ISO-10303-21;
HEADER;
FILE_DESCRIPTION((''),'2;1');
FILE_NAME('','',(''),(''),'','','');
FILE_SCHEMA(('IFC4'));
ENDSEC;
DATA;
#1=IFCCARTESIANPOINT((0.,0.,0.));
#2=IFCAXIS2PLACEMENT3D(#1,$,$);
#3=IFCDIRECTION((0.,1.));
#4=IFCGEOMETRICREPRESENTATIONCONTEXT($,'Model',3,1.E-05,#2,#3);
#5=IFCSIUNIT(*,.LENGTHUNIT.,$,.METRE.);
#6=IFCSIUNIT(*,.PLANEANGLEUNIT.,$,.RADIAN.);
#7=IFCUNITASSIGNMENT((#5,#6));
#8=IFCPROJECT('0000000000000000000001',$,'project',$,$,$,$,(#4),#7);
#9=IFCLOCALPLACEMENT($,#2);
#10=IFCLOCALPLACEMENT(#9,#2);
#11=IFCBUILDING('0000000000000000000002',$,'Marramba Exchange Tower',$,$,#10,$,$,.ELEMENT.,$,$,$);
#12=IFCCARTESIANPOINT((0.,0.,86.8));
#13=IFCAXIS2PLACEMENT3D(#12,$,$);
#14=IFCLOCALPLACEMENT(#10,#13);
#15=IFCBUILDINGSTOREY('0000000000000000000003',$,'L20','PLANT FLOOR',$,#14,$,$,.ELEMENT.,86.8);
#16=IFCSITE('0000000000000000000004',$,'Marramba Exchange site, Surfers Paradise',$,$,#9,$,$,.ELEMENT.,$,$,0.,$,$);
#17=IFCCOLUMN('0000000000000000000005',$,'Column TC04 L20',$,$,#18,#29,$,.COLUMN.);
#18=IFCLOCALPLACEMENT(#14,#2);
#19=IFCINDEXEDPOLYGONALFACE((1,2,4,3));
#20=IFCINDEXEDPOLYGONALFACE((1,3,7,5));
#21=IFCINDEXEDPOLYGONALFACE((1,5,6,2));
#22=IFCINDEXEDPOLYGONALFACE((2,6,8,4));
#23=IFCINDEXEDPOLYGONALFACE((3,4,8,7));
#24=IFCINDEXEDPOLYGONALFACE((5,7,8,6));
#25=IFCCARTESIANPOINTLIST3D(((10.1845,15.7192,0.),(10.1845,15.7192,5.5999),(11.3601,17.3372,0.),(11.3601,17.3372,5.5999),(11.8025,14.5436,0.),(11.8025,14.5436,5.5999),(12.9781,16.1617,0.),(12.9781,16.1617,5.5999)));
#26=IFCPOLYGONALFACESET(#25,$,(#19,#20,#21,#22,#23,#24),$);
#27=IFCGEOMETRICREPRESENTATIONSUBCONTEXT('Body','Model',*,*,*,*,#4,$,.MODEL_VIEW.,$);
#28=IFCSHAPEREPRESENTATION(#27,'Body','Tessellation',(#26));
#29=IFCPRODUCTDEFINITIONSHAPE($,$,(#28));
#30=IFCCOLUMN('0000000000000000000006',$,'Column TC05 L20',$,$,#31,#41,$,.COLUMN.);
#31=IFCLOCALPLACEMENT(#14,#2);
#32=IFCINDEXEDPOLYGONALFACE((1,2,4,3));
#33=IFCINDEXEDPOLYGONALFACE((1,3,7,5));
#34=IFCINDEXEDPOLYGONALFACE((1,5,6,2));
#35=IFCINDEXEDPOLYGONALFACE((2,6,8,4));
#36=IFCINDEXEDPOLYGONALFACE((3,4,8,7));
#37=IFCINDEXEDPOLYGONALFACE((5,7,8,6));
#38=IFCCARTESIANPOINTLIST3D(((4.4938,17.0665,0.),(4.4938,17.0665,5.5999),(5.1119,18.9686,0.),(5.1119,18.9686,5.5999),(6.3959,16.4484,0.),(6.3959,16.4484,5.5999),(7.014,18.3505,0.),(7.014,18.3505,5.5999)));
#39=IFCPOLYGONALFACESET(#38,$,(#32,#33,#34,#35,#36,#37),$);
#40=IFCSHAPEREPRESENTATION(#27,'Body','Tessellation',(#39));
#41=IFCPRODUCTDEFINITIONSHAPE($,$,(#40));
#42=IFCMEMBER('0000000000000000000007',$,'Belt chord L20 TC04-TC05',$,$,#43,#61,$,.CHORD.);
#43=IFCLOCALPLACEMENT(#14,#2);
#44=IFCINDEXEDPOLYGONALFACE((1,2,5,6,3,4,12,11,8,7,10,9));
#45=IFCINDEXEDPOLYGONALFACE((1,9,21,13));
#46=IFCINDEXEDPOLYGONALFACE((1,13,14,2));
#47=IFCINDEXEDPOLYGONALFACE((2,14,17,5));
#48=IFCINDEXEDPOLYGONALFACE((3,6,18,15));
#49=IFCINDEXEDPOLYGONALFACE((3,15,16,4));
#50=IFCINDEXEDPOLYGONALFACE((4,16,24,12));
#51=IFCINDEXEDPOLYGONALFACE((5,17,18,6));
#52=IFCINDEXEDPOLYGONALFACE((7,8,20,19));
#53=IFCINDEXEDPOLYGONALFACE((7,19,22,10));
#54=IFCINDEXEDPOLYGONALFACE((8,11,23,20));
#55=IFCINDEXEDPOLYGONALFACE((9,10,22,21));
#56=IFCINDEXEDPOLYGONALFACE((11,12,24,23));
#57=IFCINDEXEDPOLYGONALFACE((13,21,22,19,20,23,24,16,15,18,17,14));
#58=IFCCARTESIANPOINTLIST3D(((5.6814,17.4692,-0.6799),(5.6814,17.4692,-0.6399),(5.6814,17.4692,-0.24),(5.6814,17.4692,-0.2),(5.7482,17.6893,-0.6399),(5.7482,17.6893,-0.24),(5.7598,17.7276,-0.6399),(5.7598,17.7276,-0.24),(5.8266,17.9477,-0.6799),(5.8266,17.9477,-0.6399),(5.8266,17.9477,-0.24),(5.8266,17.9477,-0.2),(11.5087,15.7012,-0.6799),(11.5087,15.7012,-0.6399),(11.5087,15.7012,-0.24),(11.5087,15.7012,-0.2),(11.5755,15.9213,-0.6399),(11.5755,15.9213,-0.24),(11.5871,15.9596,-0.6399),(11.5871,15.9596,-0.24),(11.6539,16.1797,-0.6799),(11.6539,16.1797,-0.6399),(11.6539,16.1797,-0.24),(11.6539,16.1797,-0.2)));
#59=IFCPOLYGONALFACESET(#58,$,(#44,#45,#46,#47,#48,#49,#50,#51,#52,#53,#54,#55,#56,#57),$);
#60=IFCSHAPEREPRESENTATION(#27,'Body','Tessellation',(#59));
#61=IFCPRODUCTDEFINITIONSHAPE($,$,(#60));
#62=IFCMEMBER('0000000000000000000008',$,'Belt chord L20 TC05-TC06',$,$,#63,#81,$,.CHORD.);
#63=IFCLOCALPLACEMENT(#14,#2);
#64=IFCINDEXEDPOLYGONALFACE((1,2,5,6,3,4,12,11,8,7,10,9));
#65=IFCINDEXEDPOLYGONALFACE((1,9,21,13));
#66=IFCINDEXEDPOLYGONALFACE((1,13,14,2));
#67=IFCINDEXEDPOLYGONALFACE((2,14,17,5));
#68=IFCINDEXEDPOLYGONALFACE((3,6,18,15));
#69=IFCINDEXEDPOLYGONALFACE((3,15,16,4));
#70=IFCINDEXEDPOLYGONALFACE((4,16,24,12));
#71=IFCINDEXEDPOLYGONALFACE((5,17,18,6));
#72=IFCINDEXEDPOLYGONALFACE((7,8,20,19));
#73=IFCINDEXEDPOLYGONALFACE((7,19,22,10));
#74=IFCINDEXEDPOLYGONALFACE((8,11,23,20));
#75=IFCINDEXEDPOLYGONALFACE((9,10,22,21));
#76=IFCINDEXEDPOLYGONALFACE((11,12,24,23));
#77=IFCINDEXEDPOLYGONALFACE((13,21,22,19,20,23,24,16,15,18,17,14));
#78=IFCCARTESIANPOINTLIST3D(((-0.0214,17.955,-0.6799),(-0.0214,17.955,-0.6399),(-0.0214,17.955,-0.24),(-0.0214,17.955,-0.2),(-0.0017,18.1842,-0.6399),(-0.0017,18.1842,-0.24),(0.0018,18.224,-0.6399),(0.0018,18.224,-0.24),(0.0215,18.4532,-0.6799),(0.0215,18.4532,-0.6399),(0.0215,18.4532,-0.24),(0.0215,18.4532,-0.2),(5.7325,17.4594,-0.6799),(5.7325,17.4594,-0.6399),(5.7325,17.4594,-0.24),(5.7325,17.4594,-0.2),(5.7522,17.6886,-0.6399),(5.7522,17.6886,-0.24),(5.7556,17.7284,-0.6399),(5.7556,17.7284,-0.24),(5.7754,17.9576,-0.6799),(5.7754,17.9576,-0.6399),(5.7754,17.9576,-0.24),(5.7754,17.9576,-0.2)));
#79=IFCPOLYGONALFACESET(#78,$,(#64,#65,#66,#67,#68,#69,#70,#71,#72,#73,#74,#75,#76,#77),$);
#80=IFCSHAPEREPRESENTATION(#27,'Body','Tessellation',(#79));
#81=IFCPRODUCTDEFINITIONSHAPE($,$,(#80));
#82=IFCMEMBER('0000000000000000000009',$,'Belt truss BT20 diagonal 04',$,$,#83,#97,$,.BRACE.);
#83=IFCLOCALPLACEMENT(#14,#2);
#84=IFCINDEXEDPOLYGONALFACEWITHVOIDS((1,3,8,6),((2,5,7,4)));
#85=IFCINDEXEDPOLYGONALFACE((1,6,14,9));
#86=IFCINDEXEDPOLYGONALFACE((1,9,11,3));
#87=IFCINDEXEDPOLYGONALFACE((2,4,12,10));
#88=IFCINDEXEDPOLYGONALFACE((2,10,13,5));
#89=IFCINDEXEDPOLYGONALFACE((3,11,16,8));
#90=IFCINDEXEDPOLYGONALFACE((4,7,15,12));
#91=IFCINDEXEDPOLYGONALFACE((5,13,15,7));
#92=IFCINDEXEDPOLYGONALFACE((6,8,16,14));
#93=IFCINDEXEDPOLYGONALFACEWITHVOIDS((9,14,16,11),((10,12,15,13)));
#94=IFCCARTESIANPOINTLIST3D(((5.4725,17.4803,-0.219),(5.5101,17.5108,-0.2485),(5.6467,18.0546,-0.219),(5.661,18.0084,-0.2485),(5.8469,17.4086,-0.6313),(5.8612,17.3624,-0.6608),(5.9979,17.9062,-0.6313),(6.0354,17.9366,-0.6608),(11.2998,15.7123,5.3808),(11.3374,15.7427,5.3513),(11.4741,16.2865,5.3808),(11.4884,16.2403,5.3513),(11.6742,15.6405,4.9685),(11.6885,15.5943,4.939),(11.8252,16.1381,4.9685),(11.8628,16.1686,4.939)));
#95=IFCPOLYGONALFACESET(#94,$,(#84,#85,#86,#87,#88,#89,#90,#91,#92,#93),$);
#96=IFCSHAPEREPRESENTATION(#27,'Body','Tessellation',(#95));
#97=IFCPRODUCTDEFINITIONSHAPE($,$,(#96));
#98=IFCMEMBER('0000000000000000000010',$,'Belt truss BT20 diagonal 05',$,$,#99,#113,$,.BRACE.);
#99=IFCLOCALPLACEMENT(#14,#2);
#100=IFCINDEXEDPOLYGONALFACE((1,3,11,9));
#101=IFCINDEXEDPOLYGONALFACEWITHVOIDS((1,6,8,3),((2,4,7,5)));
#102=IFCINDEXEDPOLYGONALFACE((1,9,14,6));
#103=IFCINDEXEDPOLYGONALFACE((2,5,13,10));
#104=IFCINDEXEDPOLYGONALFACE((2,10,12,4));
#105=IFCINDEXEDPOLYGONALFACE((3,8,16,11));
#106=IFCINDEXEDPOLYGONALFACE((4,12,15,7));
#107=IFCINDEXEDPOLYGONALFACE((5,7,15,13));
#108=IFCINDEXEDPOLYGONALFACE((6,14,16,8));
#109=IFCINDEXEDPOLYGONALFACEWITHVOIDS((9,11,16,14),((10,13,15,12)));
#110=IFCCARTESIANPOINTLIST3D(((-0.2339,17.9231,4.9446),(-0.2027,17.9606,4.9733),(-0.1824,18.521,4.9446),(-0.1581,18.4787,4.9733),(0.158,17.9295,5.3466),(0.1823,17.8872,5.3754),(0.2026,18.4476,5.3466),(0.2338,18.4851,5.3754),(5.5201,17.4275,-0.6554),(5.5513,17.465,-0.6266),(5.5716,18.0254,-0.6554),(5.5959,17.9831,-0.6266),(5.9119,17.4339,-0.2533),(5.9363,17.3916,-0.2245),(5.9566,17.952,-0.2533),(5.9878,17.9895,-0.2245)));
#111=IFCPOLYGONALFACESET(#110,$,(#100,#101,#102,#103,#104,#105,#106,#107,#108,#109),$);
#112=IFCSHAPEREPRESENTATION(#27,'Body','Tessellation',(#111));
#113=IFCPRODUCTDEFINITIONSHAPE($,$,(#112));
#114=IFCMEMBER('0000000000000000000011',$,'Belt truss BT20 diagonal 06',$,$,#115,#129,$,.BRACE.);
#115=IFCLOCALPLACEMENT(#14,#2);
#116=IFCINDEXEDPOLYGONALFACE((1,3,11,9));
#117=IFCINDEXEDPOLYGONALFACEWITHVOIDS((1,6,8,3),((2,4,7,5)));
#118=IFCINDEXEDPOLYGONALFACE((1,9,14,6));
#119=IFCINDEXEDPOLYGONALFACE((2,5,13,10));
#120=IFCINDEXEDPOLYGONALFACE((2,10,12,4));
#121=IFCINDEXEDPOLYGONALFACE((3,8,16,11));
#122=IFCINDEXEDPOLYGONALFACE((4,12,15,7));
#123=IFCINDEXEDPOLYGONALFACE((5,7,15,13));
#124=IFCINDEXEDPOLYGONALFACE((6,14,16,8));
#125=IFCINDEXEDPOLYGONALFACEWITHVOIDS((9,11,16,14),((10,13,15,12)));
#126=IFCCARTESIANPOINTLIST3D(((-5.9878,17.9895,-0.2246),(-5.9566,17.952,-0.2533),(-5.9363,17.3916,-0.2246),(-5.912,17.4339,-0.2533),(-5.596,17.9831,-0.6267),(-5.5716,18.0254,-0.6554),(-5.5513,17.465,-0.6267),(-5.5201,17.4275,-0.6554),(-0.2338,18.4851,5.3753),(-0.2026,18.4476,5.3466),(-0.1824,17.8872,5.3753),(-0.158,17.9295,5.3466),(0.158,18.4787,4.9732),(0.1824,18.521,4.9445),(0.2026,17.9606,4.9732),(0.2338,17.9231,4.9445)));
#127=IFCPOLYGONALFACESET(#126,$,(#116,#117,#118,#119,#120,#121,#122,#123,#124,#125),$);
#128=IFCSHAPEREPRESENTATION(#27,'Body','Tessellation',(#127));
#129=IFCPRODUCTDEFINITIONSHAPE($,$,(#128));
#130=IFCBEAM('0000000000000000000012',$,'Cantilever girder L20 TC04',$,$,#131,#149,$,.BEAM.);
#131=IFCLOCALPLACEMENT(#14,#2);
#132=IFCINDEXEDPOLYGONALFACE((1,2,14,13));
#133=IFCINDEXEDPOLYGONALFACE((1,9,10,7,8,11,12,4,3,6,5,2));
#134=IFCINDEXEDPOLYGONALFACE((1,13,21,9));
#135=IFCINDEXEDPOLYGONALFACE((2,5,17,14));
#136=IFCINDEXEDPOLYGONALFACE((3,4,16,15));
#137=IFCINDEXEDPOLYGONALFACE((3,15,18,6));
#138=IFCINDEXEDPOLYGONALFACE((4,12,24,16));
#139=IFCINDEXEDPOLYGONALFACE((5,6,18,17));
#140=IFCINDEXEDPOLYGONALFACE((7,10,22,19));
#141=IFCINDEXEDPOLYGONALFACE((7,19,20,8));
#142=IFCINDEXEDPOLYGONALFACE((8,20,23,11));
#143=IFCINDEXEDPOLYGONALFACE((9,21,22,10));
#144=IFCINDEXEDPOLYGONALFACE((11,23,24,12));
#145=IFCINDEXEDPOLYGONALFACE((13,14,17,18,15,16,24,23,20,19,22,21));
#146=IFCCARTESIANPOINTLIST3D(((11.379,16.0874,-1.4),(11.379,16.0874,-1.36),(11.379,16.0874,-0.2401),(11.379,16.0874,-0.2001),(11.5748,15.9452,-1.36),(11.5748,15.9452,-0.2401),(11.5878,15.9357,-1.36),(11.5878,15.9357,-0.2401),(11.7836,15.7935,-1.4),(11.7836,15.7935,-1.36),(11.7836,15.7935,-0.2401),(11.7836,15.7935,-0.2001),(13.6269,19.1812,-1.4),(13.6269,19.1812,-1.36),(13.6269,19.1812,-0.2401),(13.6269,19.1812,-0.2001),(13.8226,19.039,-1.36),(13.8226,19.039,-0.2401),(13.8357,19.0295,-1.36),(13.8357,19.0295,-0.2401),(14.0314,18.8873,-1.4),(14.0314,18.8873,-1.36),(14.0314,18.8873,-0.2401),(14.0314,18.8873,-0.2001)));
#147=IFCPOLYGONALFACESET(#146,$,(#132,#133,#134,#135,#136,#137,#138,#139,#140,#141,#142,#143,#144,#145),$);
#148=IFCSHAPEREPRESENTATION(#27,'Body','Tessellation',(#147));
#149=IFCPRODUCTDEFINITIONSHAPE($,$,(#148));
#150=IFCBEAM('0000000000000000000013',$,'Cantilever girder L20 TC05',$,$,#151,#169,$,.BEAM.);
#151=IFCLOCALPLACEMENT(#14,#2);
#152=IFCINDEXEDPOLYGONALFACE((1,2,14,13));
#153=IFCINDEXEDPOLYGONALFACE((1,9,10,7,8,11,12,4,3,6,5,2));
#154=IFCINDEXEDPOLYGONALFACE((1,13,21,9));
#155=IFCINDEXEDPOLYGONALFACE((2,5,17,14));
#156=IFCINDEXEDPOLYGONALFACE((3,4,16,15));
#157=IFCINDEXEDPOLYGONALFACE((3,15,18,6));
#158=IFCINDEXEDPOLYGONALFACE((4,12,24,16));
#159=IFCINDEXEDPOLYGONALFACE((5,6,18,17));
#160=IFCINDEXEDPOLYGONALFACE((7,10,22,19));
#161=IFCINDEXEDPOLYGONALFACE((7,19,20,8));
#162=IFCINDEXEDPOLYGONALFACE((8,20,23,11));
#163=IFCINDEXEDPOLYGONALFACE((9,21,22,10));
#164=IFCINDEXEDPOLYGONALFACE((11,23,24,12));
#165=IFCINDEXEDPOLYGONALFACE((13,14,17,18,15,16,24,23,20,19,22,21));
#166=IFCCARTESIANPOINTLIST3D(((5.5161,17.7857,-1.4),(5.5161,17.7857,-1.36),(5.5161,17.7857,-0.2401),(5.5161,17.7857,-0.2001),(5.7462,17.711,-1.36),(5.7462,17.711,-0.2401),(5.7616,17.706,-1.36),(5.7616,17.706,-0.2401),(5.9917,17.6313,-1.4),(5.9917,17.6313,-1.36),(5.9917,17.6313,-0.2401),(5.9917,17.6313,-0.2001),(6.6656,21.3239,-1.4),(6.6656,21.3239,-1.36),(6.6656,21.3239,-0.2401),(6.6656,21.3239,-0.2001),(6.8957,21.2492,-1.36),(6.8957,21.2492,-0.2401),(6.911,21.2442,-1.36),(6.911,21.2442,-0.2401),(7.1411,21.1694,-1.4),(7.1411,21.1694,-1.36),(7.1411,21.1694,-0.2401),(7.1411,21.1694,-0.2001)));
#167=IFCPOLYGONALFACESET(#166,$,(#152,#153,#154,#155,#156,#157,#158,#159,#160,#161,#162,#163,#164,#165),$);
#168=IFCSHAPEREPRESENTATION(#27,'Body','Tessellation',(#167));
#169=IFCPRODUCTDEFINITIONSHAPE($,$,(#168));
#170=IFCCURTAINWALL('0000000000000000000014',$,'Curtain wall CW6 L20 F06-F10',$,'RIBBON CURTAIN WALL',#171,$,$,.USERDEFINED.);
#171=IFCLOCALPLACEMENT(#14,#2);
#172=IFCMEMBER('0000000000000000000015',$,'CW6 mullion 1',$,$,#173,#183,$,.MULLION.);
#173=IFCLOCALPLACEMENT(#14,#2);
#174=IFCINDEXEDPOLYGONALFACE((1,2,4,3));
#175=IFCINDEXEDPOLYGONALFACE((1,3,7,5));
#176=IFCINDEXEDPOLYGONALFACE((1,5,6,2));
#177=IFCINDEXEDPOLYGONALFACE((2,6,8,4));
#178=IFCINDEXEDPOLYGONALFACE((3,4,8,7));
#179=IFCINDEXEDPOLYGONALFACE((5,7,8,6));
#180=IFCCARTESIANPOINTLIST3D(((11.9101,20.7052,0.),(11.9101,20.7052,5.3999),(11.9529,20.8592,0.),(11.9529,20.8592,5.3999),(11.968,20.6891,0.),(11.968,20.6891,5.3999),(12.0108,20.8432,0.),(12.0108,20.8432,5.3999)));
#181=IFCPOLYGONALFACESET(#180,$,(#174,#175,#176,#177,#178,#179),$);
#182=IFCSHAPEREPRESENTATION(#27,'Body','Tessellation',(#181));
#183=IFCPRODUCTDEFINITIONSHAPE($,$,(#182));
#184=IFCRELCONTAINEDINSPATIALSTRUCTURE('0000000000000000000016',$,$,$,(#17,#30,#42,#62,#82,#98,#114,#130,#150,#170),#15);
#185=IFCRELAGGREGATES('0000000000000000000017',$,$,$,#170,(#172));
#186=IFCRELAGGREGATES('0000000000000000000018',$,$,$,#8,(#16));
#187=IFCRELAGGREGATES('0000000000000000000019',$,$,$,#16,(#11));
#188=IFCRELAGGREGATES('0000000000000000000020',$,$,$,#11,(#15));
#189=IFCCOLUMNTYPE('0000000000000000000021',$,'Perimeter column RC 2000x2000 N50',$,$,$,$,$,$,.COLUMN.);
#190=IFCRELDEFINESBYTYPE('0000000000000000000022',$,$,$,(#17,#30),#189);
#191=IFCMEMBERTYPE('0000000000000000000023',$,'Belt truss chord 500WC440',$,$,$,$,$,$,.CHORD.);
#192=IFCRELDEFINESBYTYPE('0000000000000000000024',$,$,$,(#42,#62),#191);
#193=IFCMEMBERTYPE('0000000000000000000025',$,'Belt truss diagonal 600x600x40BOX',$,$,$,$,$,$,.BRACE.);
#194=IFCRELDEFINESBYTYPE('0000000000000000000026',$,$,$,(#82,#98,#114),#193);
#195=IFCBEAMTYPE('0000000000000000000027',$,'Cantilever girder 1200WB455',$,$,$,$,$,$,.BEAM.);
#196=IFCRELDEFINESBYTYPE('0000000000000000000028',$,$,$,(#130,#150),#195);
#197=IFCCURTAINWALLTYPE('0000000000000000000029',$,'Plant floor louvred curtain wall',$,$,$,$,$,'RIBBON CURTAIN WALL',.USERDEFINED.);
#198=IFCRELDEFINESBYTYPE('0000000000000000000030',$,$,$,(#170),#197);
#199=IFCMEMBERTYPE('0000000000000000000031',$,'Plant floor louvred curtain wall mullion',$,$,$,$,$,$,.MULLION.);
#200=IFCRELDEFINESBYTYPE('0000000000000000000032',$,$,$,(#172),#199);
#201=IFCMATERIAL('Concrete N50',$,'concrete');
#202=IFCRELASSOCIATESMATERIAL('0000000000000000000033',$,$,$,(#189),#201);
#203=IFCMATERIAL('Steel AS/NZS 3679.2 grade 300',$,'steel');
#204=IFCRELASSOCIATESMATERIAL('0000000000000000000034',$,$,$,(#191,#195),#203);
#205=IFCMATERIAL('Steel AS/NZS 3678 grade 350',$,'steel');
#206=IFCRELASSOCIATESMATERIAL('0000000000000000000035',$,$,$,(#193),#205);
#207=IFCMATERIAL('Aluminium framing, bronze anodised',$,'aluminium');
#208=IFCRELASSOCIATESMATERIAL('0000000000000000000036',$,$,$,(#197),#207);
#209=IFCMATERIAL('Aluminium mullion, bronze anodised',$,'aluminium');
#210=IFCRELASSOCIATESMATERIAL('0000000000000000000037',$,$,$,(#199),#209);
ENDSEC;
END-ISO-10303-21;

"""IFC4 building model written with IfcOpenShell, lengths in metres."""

from ifc_helpers import new_model, si_unit, direction, frame, origin, origin_2d, place, context, subcontext, project, spatial, rectangle, hollow_rectangle, i_section, extrude, material, material_profile, profile_set, type_object, element, aggregate, save


model = new_model("IFC4")

# Units and contexts
model_context = context("Model", 3, precision=1e-05, world=origin(), true_north=direction((0.0, 1.0)))
body_context = subcontext(model_context, "Body", "Model", "MODEL_VIEW")
ifc_project = project(units=[si_unit("LENGTHUNIT", "METRE"), si_unit("PLANEANGLEUNIT", "RADIAN")], contexts=[model_context])

# Site, building, storey
site_placement = place(None, origin())
site = spatial("IfcSite", under=ifc_project, at=site_placement, Name="Marramba Exchange site, Surfers Paradise", CompositionType="ELEMENT", RefElevation=0.0)
building_placement = place(site_placement, origin())
building = spatial("IfcBuilding", under=site, at=building_placement, Name="Marramba Exchange Tower", CompositionType="ELEMENT")
storey_placement = place(building_placement, frame((0.0, 0.0, 86.8)))
storey = spatial("IfcBuildingStorey", under=building, at=storey_placement, Name="L20", Description="PLANT FLOOR", CompositionType="ELEMENT", Elevation=86.8)

# Columns
ifc_material_1 = material(Name="Concrete N50", Category="concrete")
ifc_material_profile_1 = material_profile(ifc_material_1, rectangle(XDim=2.0, YDim=2.0, at=origin_2d()), Name="RC 2000x2000")
ifc_profile_set_1 = profile_set([ifc_material_profile_1], Name="Concrete N50")
column_type = type_object("IfcColumnType", Name="Perimeter column RC 2000x2000 N50", PredefinedType="COLUMN", material=ifc_profile_set_1)
for number, where, z_axis, x_axis, name in (
    (1, (11.5813, 15.9404, 0.0), (0.0, 0.0, 1.0), (0.587785, 0.809017, 0.0), "Column TC04 L20"),
    (2, (5.7539, 17.7085, 0.0), (0.0, 0.0, 1.0), (0.309017, 0.951057, 0.0), "Column TC05 L20"),
):
    element("IfcColumn", number, at=place(storey_placement, frame(where, z_axis=z_axis, x_axis=x_axis)), inside=storey, type_object=column_type, Name=name, PredefinedType="COLUMN", context=body_context, shape_type="SweptSolid", body=[
        extrude(rectangle(XDim=2.0, YDim=2.0, at=origin_2d()), origin(), (0.0, 0.0, 1.0), 5.5999),
    ])

# Members
ifc_material_2 = material(Name="Steel AS/NZS 3679.2 grade 300", Category="steel")
ifc_material_profile_2 = material_profile(ifc_material_2, i_section(OverallWidth=0.5, OverallDepth=0.48, WebThickness=0.04, FlangeThickness=0.04, at=origin_2d()), Name="500WC440")
ifc_profile_set_2 = profile_set([ifc_material_profile_2], Name="Steel AS/NZS 3679.2 grade 300")
member_type_1 = type_object("IfcMemberType", Name="Belt truss chord 500WC440", PredefinedType="CHORD", material=ifc_profile_set_2)
member_1_placement = place(storey_placement, frame((11.5813, 15.9404, -0.4399), z_axis=(-0.956925, 0.290337, 0.0), x_axis=(-0.290337, -0.956925, 0.0)))
element("IfcMember", 3, at=member_1_placement, inside=storey, type_object=member_type_1, Name="Belt chord L20 TC04-TC05", PredefinedType="CHORD", context=body_context, shape_type="SweptSolid", body=[
    extrude(i_section(OverallWidth=0.5, OverallDepth=0.48, WebThickness=0.04, FlangeThickness=0.04, at=origin_2d()), origin(), (0.0, 0.0, 1.0), 6.0896),
])
member_2_placement = place(storey_placement, frame((5.7539, 17.7085, -0.4399), z_axis=(-0.996311, 0.085816, 0.0), x_axis=(-0.085816, -0.996311, 0.0)))
element("IfcMember", 4, at=member_2_placement, inside=storey, type_object=member_type_1, Name="Belt chord L20 TC05-TC06", PredefinedType="CHORD", context=body_context, shape_type="SweptSolid", body=[
    extrude(i_section(OverallWidth=0.5, OverallDepth=0.48, WebThickness=0.04, FlangeThickness=0.04, at=origin_2d()), origin(), (0.0, 0.0, 1.0), 5.7751),
])
ifc_material_3 = material(Name="Steel AS/NZS 3678 grade 350", Category="steel")
ifc_material_profile_3 = material_profile(ifc_material_3, hollow_rectangle(XDim=0.6001, YDim=0.6001, WallThickness=0.04, at=origin_2d()), Name="600x600x40BOX")
ifc_profile_set_3 = profile_set([ifc_material_profile_3], Name="Steel AS/NZS 3678 grade 350")
member_type_2 = type_object("IfcMemberType", Name="Belt truss diagonal 600x600x40BOX", PredefinedType="BRACE", material=ifc_profile_set_3)
member_3_placement = place(storey_placement, frame((11.5813, 15.9404, 5.1599), z_axis=(-0.704385, 0.213715, -0.676881), x_axis=(-0.290337, -0.956925, 0.0)))
element("IfcMember", 5, at=member_3_placement, inside=storey, type_object=member_type_2, Name="Belt truss BT20 diagonal 04", PredefinedType="BRACE", context=body_context, shape_type="SweptSolid", body=[
    extrude(hollow_rectangle(XDim=0.6001, YDim=0.6001, WallThickness=0.04, at=origin_2d()), origin(), (0.0, 0.0, 1.0), 8.2729),
])
for number, where, z_axis, x_axis, name in (
    (6, (5.7539, 17.7085, -0.4399), (-0.715274, 0.061609, 0.696123), (-0.085816, -0.996311, 0.0), "Belt truss BT20 diagonal 05"),
    (7, (0.0, 18.2041, 5.1599), (-0.715274, -0.061609, -0.696123), (0.085816, -0.996311, 0.0), "Belt truss BT20 diagonal 06"),
):
    element("IfcMember", number, at=place(storey_placement, frame(where, z_axis=z_axis, x_axis=x_axis)), inside=storey, type_object=member_type_2, Name=name, PredefinedType="BRACE", context=body_context, shape_type="SweptSolid", body=[
        extrude(hollow_rectangle(XDim=0.6001, YDim=0.6001, WallThickness=0.04, at=origin_2d()), origin(), (0.0, 0.0, 1.0), 8.0444),
    ])

# Beams
ifc_material_profile_4 = material_profile(ifc_material_2, i_section(OverallWidth=0.5, OverallDepth=1.2, WebThickness=0.0161, FlangeThickness=0.04, at=origin_2d()), Name="1200WB455")
ifc_profile_set_4 = profile_set([ifc_material_profile_4], Name="Steel AS/NZS 3679.2 grade 300")
beam_type_1 = type_object("IfcBeamType", Name="Cantilever girder 1200WB455", PredefinedType="BEAM", material=ifc_profile_set_4)
beam_1_placement = place(storey_placement, frame((11.5813, 15.9404, -0.8), z_axis=(0.587796, 0.809009, 0.0), x_axis=(-0.809009, 0.587796, 0.0)))
element("IfcBeam", 8, at=beam_1_placement, inside=storey, type_object=beam_type_1, Name="Cantilever girder L20 TC04", PredefinedType="BEAM", context=body_context, shape_type="SweptSolid", body=[
    extrude(i_section(OverallWidth=0.5, OverallDepth=1.2, WebThickness=0.0161, FlangeThickness=0.04, at=origin_2d()), origin(), (0.0, 0.0, 1.0), 3.8242),
])
beam_2_placement = place(storey_placement, frame((5.7539, 17.7085, -0.8), z_axis=(0.308973, 0.951071, 0.0), x_axis=(-0.951071, 0.308973, 0.0)))
element("IfcBeam", 9, at=beam_2_placement, inside=storey, type_object=beam_type_1, Name="Cantilever girder L20 TC05", PredefinedType="BEAM", context=body_context, shape_type="SweptSolid", body=[
    extrude(i_section(OverallWidth=0.5, OverallDepth=1.2, WebThickness=0.0161, FlangeThickness=0.04, at=origin_2d()), origin(), (0.0, 0.0, 1.0), 3.7202),
])

# Curtain wall, member
ifc_material_4 = material(Name="Aluminium framing, bronze anodised", Category="aluminium")
curtain_wall_type = type_object("IfcCurtainWallType", Name="Plant floor louvred curtain wall", ElementType="RIBBON CURTAIN WALL", PredefinedType="USERDEFINED", material=ifc_material_4)
curtain_wall_placement = place(storey_placement, origin())
curtain_wall = element("IfcCurtainWall", 10, at=curtain_wall_placement, inside=storey, type_object=curtain_wall_type, Name="Curtain wall CW6 L20 F06-F10", ObjectType="RIBBON CURTAIN WALL", PredefinedType="USERDEFINED")
ifc_material_5 = material(Name="Aluminium mullion, bronze anodised", Category="aluminium")
ifc_material_profile_5 = material_profile(ifc_material_5, rectangle(XDim=0.1599, YDim=0.0601, at=origin_2d()), Name="CW6 mullion 60x160")
ifc_profile_set_5 = profile_set([ifc_material_profile_5], Name="Aluminium mullion, bronze anodised")
member_type_3 = type_object("IfcMemberType", Name="Plant floor louvred curtain wall mullion", PredefinedType="MULLION", material=ifc_profile_set_5)
member_4_placement = place(storey_placement, frame((11.9604, 20.7742, 0.0), z_axis=(0.0, 0.0, 1.0), x_axis=(-0.267809, -0.963472, 0.0)))
member_4 = element("IfcMember", 11, at=member_4_placement, type_object=member_type_3, Name="CW6 mullion 1", PredefinedType="MULLION", context=body_context, shape_type="SweptSolid", body=[
    extrude(rectangle(XDim=0.1599, YDim=0.0601, at=origin_2d()), origin(), (0.0, 0.0, 1.0), 5.3999),
])

aggregate(curtain_wall, [member_4])

save(model, "model.ifc")
